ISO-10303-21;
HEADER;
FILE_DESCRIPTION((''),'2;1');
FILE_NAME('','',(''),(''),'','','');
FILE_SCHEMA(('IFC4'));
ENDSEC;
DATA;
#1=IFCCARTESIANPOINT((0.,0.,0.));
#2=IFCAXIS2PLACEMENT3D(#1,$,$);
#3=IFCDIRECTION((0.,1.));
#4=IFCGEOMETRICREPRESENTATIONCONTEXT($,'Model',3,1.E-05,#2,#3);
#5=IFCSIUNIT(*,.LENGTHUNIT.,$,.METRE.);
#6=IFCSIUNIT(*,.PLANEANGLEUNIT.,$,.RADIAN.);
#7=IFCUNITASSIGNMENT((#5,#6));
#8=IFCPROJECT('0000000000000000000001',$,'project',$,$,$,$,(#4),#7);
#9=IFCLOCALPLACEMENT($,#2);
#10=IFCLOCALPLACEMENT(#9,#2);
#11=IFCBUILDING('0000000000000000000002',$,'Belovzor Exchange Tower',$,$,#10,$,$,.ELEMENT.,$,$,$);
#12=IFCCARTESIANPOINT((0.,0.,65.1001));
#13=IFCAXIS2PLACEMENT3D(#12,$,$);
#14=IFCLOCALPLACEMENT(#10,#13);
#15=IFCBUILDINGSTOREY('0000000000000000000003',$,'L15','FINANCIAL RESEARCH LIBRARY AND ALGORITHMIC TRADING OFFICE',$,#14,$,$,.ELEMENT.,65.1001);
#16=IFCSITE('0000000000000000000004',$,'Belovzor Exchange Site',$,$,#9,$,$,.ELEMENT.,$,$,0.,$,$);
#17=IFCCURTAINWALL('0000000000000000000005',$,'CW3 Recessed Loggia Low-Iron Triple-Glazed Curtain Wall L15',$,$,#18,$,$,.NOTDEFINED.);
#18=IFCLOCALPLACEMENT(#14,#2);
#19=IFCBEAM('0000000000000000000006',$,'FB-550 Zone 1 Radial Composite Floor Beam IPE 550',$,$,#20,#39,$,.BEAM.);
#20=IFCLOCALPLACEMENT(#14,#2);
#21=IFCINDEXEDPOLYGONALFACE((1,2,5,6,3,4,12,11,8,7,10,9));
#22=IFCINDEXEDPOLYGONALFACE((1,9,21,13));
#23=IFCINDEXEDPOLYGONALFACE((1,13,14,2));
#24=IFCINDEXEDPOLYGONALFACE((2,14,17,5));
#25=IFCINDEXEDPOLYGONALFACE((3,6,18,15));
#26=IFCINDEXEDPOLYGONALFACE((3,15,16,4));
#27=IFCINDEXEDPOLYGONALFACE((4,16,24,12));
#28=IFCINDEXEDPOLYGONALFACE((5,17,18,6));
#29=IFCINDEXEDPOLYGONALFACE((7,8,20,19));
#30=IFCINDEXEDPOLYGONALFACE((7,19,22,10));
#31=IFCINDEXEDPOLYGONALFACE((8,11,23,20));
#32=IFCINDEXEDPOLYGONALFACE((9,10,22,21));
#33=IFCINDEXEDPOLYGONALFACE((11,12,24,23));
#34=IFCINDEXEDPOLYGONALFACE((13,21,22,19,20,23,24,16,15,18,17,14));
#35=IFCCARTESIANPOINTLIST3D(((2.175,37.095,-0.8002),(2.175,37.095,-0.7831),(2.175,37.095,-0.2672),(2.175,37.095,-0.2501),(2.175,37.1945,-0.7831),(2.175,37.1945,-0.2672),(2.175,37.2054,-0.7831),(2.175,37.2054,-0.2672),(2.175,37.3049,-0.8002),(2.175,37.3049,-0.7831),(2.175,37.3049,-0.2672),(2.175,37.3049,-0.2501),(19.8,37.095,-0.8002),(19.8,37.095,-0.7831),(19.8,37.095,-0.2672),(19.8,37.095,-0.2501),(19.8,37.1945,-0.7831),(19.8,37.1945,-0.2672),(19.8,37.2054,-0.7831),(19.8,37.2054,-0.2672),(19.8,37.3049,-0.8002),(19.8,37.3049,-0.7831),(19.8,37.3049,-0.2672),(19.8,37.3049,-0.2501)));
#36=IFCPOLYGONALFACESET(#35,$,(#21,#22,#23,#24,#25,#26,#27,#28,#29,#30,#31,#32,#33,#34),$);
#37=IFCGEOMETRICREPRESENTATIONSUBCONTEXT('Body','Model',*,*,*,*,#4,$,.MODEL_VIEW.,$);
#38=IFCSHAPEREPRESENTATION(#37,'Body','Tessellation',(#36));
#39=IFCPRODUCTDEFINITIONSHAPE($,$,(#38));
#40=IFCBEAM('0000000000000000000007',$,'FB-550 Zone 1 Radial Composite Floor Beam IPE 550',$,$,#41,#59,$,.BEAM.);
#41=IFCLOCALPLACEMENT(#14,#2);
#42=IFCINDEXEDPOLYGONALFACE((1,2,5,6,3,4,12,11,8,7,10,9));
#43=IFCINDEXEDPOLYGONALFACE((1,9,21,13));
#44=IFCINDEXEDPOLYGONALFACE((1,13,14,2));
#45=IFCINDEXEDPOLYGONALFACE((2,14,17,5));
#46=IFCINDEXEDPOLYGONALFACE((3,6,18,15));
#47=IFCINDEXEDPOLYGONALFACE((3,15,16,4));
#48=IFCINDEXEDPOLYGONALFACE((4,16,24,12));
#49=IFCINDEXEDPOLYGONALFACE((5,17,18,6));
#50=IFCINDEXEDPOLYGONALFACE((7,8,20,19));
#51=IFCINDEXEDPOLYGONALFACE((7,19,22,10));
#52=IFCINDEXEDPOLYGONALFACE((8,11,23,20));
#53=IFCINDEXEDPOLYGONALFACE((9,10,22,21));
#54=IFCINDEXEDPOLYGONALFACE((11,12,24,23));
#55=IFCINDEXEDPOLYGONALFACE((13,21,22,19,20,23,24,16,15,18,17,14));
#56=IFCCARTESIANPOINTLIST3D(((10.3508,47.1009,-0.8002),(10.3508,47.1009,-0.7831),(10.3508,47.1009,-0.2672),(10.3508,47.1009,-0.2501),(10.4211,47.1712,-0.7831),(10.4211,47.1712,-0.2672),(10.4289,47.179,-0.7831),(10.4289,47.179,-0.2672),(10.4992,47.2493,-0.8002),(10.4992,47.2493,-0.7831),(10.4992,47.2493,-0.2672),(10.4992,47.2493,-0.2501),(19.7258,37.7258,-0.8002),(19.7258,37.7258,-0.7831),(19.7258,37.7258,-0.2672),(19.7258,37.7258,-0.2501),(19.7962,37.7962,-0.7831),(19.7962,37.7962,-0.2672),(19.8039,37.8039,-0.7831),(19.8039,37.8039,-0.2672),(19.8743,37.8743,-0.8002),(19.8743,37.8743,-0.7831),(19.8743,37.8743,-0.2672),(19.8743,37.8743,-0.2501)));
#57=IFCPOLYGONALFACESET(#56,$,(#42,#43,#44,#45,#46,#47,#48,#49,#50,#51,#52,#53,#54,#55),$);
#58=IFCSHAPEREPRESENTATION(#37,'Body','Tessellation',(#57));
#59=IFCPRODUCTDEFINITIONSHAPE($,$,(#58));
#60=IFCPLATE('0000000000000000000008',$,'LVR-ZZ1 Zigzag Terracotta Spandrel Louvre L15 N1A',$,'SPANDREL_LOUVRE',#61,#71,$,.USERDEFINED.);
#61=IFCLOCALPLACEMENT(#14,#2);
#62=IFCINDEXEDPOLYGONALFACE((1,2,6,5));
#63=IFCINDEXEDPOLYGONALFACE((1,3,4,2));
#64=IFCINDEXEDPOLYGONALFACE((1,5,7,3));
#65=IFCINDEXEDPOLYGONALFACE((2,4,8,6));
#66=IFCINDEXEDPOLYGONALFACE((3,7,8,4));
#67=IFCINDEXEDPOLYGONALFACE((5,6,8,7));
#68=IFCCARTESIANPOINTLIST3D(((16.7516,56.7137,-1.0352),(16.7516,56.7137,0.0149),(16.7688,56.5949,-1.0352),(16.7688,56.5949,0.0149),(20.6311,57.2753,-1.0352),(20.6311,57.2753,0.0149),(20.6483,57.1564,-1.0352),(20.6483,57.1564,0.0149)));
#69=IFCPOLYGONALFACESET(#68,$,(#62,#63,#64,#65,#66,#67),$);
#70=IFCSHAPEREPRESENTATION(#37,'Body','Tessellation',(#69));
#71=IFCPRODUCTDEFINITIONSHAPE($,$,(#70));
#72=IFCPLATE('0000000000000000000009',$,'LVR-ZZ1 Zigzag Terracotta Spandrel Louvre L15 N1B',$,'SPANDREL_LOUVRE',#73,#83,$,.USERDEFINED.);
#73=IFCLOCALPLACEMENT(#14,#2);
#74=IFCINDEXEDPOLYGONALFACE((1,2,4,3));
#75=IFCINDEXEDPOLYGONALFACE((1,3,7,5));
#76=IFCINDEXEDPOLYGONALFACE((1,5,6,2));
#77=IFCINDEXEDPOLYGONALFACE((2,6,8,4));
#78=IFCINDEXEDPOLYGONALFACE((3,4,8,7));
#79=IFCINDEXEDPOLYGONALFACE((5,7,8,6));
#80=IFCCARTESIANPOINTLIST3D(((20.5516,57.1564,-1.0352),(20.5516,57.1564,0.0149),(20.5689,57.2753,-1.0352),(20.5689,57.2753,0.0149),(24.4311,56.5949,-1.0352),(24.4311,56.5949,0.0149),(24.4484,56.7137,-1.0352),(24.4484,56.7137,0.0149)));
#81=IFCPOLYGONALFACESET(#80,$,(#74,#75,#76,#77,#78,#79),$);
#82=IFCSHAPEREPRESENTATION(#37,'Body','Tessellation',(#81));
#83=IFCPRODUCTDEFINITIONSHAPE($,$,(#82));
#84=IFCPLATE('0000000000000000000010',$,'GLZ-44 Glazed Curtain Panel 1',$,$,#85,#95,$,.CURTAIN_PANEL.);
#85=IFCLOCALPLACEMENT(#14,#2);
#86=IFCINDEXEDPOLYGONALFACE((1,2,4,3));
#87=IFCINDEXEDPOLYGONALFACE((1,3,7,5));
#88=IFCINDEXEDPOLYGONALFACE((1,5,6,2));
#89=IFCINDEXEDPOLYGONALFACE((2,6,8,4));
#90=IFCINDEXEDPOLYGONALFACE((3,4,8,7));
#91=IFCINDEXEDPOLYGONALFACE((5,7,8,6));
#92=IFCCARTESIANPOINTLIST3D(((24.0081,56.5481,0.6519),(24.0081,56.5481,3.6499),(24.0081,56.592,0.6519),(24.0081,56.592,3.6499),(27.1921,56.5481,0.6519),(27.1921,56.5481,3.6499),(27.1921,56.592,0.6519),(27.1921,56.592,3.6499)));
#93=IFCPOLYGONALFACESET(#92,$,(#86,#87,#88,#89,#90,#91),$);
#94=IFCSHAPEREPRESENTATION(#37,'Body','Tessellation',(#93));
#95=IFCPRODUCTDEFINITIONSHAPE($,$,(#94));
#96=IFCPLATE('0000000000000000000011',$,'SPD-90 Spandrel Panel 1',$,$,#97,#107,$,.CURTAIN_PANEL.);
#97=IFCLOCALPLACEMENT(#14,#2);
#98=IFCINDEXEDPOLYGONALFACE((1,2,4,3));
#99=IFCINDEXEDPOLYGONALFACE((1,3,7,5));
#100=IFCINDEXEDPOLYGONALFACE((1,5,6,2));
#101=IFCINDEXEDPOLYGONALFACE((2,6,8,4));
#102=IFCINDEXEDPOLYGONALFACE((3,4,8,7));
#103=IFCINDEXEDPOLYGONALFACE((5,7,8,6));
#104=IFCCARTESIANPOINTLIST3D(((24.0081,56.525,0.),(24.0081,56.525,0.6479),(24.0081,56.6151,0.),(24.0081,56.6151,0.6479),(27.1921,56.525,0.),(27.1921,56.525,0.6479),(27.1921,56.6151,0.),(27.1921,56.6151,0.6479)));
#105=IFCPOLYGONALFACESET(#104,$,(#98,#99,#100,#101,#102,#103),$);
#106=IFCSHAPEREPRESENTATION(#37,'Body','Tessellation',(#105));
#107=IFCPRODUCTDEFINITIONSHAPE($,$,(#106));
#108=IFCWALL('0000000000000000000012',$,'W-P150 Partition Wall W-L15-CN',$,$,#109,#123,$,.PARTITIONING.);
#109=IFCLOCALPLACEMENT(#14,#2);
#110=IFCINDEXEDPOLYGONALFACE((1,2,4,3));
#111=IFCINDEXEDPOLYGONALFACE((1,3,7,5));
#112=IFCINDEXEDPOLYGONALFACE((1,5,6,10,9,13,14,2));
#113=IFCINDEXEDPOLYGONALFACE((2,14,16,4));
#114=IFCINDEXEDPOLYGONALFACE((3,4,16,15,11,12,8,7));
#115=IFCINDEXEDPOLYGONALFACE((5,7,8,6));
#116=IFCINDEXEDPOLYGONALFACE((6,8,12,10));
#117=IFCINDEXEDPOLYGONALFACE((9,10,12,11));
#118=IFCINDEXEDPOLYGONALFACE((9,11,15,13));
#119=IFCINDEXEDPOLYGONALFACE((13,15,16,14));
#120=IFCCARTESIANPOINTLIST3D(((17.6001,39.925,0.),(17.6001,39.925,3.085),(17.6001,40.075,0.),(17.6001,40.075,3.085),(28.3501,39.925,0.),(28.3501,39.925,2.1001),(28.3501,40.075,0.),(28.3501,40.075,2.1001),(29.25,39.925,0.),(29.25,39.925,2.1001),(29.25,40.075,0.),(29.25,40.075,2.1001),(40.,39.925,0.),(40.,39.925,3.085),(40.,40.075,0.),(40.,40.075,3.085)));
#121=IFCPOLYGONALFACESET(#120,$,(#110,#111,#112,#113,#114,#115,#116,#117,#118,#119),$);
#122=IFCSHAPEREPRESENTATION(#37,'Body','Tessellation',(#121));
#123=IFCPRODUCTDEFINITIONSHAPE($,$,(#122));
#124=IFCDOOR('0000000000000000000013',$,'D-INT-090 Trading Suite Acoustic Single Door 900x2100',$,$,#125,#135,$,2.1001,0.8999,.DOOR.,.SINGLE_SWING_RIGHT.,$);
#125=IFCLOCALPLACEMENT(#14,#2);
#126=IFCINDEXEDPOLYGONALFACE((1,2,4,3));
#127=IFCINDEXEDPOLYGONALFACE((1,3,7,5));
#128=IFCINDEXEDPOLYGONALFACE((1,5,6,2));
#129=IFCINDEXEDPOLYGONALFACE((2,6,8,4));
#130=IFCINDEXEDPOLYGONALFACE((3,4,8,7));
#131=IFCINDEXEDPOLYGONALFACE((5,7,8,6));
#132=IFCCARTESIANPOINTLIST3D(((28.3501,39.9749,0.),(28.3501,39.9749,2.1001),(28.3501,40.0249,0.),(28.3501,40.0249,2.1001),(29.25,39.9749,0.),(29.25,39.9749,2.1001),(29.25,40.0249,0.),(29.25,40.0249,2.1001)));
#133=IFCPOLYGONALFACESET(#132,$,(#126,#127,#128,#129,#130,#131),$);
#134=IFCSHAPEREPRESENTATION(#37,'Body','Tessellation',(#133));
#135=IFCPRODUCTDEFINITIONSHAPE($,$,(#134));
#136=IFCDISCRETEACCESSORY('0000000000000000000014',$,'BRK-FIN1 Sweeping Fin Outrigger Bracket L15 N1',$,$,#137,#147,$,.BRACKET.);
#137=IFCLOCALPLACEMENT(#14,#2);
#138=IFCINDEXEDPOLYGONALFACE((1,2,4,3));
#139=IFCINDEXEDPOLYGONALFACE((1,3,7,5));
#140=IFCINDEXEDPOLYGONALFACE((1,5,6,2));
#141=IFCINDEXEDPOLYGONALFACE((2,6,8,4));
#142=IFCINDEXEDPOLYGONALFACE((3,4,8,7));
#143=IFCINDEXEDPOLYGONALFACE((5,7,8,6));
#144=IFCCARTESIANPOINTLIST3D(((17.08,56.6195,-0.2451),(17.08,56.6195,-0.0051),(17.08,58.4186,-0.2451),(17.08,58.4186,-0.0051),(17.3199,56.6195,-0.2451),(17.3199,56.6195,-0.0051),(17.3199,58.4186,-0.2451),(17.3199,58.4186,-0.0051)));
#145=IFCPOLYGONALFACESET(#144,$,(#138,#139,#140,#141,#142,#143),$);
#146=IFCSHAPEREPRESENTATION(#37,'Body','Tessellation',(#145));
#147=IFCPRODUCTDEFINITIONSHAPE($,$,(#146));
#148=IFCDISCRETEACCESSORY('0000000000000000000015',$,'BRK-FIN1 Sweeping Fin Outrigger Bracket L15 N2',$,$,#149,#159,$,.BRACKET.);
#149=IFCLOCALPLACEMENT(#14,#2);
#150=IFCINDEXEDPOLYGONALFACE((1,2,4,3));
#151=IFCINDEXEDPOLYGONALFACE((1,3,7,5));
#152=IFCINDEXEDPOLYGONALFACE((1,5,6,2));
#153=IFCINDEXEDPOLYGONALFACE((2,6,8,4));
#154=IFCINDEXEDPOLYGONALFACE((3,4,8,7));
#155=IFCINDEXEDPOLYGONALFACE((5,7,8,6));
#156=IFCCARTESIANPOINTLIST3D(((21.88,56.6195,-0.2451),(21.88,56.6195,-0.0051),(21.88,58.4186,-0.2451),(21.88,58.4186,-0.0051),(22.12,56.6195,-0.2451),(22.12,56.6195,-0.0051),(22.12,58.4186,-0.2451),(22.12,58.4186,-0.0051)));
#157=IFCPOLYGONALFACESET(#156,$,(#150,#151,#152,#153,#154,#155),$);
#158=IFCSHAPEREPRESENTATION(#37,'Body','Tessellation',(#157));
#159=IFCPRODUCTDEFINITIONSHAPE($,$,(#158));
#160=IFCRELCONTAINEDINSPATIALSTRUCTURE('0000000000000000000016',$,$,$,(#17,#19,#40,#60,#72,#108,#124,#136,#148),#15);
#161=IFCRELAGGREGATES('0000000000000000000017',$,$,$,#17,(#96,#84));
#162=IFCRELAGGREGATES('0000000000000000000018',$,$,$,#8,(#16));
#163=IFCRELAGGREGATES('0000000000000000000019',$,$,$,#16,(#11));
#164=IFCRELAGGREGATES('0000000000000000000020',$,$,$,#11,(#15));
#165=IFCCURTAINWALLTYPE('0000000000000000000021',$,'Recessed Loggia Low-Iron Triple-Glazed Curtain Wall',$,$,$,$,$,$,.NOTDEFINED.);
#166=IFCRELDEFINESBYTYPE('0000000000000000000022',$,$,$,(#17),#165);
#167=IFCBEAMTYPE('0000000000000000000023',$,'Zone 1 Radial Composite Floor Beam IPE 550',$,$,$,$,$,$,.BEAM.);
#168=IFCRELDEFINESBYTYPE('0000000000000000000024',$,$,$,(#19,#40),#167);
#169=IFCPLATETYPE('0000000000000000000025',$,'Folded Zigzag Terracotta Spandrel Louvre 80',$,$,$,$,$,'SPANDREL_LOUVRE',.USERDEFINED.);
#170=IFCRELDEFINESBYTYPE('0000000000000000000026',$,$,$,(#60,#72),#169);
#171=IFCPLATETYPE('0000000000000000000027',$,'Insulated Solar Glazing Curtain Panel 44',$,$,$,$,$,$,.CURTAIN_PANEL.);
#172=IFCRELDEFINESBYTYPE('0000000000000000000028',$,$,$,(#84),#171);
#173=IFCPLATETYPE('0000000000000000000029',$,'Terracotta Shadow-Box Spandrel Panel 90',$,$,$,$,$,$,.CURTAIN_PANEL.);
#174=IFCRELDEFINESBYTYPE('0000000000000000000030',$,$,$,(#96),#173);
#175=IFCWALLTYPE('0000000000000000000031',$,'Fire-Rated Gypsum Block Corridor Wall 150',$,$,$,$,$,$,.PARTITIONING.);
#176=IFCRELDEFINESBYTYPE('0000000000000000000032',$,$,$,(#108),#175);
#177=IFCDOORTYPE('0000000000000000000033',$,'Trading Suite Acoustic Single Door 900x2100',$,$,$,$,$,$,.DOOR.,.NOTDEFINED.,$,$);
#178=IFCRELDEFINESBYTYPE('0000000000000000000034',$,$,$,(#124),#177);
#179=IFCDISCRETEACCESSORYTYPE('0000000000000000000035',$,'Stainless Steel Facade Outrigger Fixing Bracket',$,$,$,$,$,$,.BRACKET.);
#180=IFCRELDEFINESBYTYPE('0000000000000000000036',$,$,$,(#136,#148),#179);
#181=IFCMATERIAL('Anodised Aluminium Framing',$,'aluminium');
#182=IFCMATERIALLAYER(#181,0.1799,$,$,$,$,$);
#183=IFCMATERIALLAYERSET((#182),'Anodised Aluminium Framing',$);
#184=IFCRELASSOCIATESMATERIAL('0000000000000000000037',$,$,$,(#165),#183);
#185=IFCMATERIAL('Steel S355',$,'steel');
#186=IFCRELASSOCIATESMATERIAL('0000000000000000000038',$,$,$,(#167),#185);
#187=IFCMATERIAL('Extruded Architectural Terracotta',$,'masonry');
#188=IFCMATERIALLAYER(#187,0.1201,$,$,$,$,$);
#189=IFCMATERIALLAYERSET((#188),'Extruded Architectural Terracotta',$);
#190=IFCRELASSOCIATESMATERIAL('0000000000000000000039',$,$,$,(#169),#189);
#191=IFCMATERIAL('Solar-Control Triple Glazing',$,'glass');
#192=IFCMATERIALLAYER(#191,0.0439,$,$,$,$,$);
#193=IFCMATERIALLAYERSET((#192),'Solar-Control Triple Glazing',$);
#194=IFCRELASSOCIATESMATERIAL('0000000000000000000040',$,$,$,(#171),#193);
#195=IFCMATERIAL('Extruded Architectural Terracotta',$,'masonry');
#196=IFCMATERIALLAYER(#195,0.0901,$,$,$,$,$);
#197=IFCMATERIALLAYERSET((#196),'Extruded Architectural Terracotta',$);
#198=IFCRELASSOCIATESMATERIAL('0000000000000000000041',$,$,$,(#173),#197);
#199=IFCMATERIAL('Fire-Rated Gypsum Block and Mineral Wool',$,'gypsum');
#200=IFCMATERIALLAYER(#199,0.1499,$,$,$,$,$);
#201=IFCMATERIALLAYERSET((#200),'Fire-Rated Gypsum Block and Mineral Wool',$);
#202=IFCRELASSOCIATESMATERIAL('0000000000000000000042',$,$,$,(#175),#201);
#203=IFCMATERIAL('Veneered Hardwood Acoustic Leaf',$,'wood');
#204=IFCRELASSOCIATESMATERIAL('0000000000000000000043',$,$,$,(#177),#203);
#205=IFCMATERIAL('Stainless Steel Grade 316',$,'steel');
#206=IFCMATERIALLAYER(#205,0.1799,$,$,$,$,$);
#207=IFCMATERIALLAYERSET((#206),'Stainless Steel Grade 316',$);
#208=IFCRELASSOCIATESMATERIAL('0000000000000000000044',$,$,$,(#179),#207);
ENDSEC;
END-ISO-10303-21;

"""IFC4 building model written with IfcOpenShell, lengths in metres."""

from ifc_helpers import new_model, si_unit, direction, frame, frame_2d, origin, origin_2d, place, context, subcontext, project, spatial, rectangle, i_section, extrude, material, layer, layer_set, material_profile, profile_set, type_object, element, fill, aggregate, save


model = new_model("IFC4")

# Units and contexts
model_context = context("Model", 3, precision=1e-05, world=origin(), true_north=direction((0.0, 1.0)))
body_context = subcontext(model_context, "Body", "Model", "MODEL_VIEW")
ifc_project = project(units=[si_unit("LENGTHUNIT", "METRE"), si_unit("PLANEANGLEUNIT", "RADIAN")], contexts=[model_context])

# Site, building, storey
site_placement = place(None, origin())
site = spatial("IfcSite", under=ifc_project, at=site_placement, Name="Belovzor Exchange Site", CompositionType="ELEMENT", RefElevation=0.0)
building_placement = place(site_placement, origin())
building = spatial("IfcBuilding", under=site, at=building_placement, Name="Belovzor Exchange Tower", CompositionType="ELEMENT")
storey_placement = place(building_placement, frame((0.0, 0.0, 65.1001)))
storey = spatial("IfcBuildingStorey", under=building, at=storey_placement, Name="L15", Description="FINANCIAL RESEARCH LIBRARY AND ALGORITHMIC TRADING OFFICE", CompositionType="ELEMENT", Elevation=65.1001)

# Curtain wall
ifc_material_1 = material(Name="Anodised Aluminium Framing", Category="aluminium")
ifc_layer_1 = layer(ifc_material_1, 0.1799)
ifc_layer_set_1 = layer_set([ifc_layer_1], Name="Anodised Aluminium Framing")
curtain_wall_type = type_object("IfcCurtainWallType", Name="Recessed Loggia Low-Iron Triple-Glazed Curtain Wall", PredefinedType="NOTDEFINED", material=ifc_layer_set_1)
curtain_wall_placement = place(storey_placement, origin())
curtain_wall = element("IfcCurtainWall", 1, at=curtain_wall_placement, inside=storey, type_object=curtain_wall_type, Name="CW3 Recessed Loggia Low-Iron Triple-Glazed Curtain Wall L15", PredefinedType="NOTDEFINED")

# Beams
ifc_material_2 = material(Name="Steel S355", Category="steel")
ifc_material_profile_1 = material_profile(ifc_material_2, i_section(OverallWidth=0.21, OverallDepth=0.55, WebThickness=0.011, FlangeThickness=0.0171, at=origin_2d()))
ifc_profile_set_1 = profile_set([ifc_material_profile_1], Name="Steel S355")
beam_type_1 = type_object("IfcBeamType", Name="Zone 1 Radial Composite Floor Beam IPE 550", PredefinedType="BEAM", material=ifc_profile_set_1)
for number, where, z_axis, x_axis, name in (
    (2, (19.8, 37.2, -0.5251), (-1.0, 0.0, 0.0), (0.0, -1.0, 0.0), "FB-550 Zone 1 Radial Composite Floor Beam IPE 550"),
):
    element("IfcBeam", number, at=place(storey_placement, frame(where, z_axis=z_axis, x_axis=x_axis)), inside=storey, type_object=beam_type_1, Name=name, PredefinedType="BEAM", context=body_context, shape_type="SweptSolid", body=[
        extrude(i_section(OverallWidth=0.21, OverallDepth=0.55, WebThickness=0.011, FlangeThickness=0.0171, at=origin_2d()), origin(), (0.0, 0.0, 1.0), 17.625),
    ])
beam_1_placement = place(storey_placement, frame((19.8, 37.8, -0.5251), z_axis=(-0.707107, 0.707107, 0.0), x_axis=(-0.707107, -0.707107, 0.0)))
element("IfcBeam", 3, at=beam_1_placement, inside=storey, type_object=beam_type_1, Name="FB-550 Zone 1 Radial Composite Floor Beam IPE 550", PredefinedType="BEAM", context=body_context, shape_type="SweptSolid", body=[
    extrude(i_section(OverallWidth=0.21, OverallDepth=0.55, WebThickness=0.011, FlangeThickness=0.0171, at=origin_2d()), origin(), (0.0, 0.0, 1.0), 13.2583),
])

# Plates
ifc_material_3 = material(Name="Extruded Architectural Terracotta", Category="masonry")
ifc_layer_2 = layer(ifc_material_3, 0.1201)
ifc_layer_set_2 = layer_set([ifc_layer_2], Name="Extruded Architectural Terracotta")
plate_type_1 = type_object("IfcPlateType", Name="Folded Zigzag Terracotta Spandrel Louvre 80", ElementType="SPANDREL_LOUVRE", PredefinedType="USERDEFINED", material=ifc_layer_set_2)
for number, where, z_axis, x_axis, name in (
    (4, (18.7, 56.9351, -1.0352), (0.0, 0.0, 1.0), (0.989686, 0.143251, 0.0), "LVR-ZZ1 Zigzag Terracotta Spandrel Louvre L15 N1A"),
    (5, (22.5, 56.9351, -1.0352), (0.0, 0.0, 1.0), (0.989686, -0.143251, 0.0), "LVR-ZZ1 Zigzag Terracotta Spandrel Louvre L15 N1B"),
):
    element("IfcPlate", number, at=place(storey_placement, frame(where, z_axis=z_axis, x_axis=x_axis)), inside=storey, type_object=plate_type_1, Name=name, ObjectType="SPANDREL_LOUVRE", PredefinedType="USERDEFINED", context=body_context, shape_type="SweptSolid", body=[
        extrude(rectangle(XDim=3.9199, YDim=0.1201, at=origin_2d()), origin(), (0.0, 0.0, 1.0), 1.05),
    ])

# Plates
ifc_material_4 = material(Name="Solar-Control Triple Glazing", Category="glass")
ifc_layer_3 = layer(ifc_material_4, 0.0439)
ifc_layer_set_3 = layer_set([ifc_layer_3], Name="Solar-Control Triple Glazing")
plate_type_2 = type_object("IfcPlateType", Name="Insulated Solar Glazing Curtain Panel 44", PredefinedType="CURTAIN_PANEL", material=ifc_layer_set_3)
plate_1_placement = place(storey_placement, frame((25.6001, 56.5701, 0.6519), z_axis=(0.0, 0.0, 1.0), x_axis=(1.0, 0.0, 0.0)))
plate_1 = element("IfcPlate", 6, at=plate_1_placement, type_object=plate_type_2, Name="GLZ-44 Glazed Curtain Panel 1", PredefinedType="CURTAIN_PANEL", context=body_context, shape_type="SweptSolid", body=[
    extrude(rectangle(XDim=3.1841, YDim=0.0439, at=origin_2d()), origin(), (0.0, 0.0, 1.0), 2.998),
])
ifc_material_5 = material(Name="Extruded Architectural Terracotta", Category="masonry")
ifc_layer_4 = layer(ifc_material_5, 0.0901)
ifc_layer_set_4 = layer_set([ifc_layer_4], Name="Extruded Architectural Terracotta")
plate_type_3 = type_object("IfcPlateType", Name="Terracotta Shadow-Box Spandrel Panel 90", PredefinedType="CURTAIN_PANEL", material=ifc_layer_set_4)
plate_2_placement = place(storey_placement, frame((25.6001, 56.5701, 0.0), z_axis=(0.0, 0.0, 1.0), x_axis=(1.0, 0.0, 0.0)))
plate_2 = element("IfcPlate", 7, at=plate_2_placement, type_object=plate_type_3, Name="SPD-90 Spandrel Panel 1", PredefinedType="CURTAIN_PANEL", context=body_context, shape_type="SweptSolid", body=[
    extrude(rectangle(XDim=3.1841, YDim=0.0901, at=origin_2d()), origin(), (0.0, 0.0, 1.0), 0.6479),
])
aggregate(curtain_wall, [plate_2, plate_1])

# Wall, opening, door
ifc_material_6 = material(Name="Fire-Rated Gypsum Block and Mineral Wool", Category="gypsum")
ifc_layer_5 = layer(ifc_material_6, 0.1499)
ifc_layer_set_5 = layer_set([ifc_layer_5], Name="Fire-Rated Gypsum Block and Mineral Wool")
wall_type_1 = type_object("IfcWallType", Name="Fire-Rated Gypsum Block Corridor Wall 150", PredefinedType="PARTITIONING", material=ifc_layer_set_5)
wall_1_placement = place(storey_placement, frame((17.6001, 40.0, 0.0), z_axis=(0.0, 0.0, 1.0), x_axis=(1.0, 0.0, 0.0)))
wall_1 = element("IfcWall", 8, at=wall_1_placement, inside=storey, type_object=wall_type_1, Name="W-P150 Partition Wall W-L15-CN", PredefinedType="PARTITIONING", context=body_context, shape_type="SweptSolid", body=[
    extrude(rectangle(XDim=22.3999, YDim=0.1499, at=frame_2d((11.2, 0.0))), origin(), (0.0, 0.0, 1.0), 3.085),
])
opening_1_placement = place(wall_1_placement, frame((10.75, 0.0, 0.0)))
opening_1 = element("IfcOpeningElement", 9, at=opening_1_placement, cuts=wall_1, PredefinedType="OPENING", context=body_context, shape_type="SweptSolid", body=[
    extrude(rectangle(XDim=0.8999, YDim=2.1001, at=frame_2d((0.45, 1.05))), frame((0.0, 0.085, 0.0), z_axis=(0.0, -1.0, 0.0), x_axis=(1.0, 0.0, 0.0)), (0.0, 0.0, 1.0), 0.1699),
])
ifc_material_7 = material(Name="Veneered Hardwood Acoustic Leaf", Category="wood")
door_type_1 = type_object("IfcDoorType", Name="Trading Suite Acoustic Single Door 900x2100", OperationType="NOTDEFINED", PredefinedType="DOOR", material=ifc_material_7)
door_1_placement = place(opening_1_placement, origin())
door_1 = element("IfcDoor", 10, at=door_1_placement, inside=storey, type_object=door_type_1, Name="D-INT-090 Trading Suite Acoustic Single Door 900x2100", OperationType="SINGLE_SWING_RIGHT", OverallHeight=2.1001, OverallWidth=0.8999, PredefinedType="DOOR", context=body_context, shape_type="SweptSolid", body=[
    extrude(rectangle(XDim=0.8999, YDim=2.1001, at=frame_2d((0.45, 1.05))), frame((0.0, 0.0249, 0.0), z_axis=(0.0, -1.0, 0.0), x_axis=(1.0, 0.0, 0.0)), (0.0, 0.0, 1.0), 0.05),
])
fill(opening_1, door_1)

# Discrete accessories
ifc_material_8 = material(Name="Stainless Steel Grade 316", Category="steel")
ifc_layer_6 = layer(ifc_material_8, 0.1799)
ifc_layer_set_6 = layer_set([ifc_layer_6], Name="Stainless Steel Grade 316")
discrete_accessory_type = type_object("IfcDiscreteAccessoryType", Name="Stainless Steel Facade Outrigger Fixing Bracket", PredefinedType="BRACKET", material=ifc_layer_set_6)
for number, where, z_axis, x_axis, name in (
    (11, (17.2, 57.519, -0.2451), (0.0, 0.0, 1.0), (0.0, 1.0, 0.0), "BRK-FIN1 Sweeping Fin Outrigger Bracket L15 N1"),
    (12, (22.0, 57.519, -0.2451), (0.0, 0.0, 1.0), (0.0, 1.0, 0.0), "BRK-FIN1 Sweeping Fin Outrigger Bracket L15 N2"),
):
    element("IfcDiscreteAccessory", number, at=place(storey_placement, frame(where, z_axis=z_axis, x_axis=x_axis)), inside=storey, type_object=discrete_accessory_type, Name=name, PredefinedType="BRACKET", context=body_context, shape_type="SweptSolid", body=[
        extrude(rectangle(XDim=1.7991, YDim=0.24, at=origin_2d()), origin(), (0.0, 0.0, 1.0), 0.24),
    ])

save(model, "model.ifc")
